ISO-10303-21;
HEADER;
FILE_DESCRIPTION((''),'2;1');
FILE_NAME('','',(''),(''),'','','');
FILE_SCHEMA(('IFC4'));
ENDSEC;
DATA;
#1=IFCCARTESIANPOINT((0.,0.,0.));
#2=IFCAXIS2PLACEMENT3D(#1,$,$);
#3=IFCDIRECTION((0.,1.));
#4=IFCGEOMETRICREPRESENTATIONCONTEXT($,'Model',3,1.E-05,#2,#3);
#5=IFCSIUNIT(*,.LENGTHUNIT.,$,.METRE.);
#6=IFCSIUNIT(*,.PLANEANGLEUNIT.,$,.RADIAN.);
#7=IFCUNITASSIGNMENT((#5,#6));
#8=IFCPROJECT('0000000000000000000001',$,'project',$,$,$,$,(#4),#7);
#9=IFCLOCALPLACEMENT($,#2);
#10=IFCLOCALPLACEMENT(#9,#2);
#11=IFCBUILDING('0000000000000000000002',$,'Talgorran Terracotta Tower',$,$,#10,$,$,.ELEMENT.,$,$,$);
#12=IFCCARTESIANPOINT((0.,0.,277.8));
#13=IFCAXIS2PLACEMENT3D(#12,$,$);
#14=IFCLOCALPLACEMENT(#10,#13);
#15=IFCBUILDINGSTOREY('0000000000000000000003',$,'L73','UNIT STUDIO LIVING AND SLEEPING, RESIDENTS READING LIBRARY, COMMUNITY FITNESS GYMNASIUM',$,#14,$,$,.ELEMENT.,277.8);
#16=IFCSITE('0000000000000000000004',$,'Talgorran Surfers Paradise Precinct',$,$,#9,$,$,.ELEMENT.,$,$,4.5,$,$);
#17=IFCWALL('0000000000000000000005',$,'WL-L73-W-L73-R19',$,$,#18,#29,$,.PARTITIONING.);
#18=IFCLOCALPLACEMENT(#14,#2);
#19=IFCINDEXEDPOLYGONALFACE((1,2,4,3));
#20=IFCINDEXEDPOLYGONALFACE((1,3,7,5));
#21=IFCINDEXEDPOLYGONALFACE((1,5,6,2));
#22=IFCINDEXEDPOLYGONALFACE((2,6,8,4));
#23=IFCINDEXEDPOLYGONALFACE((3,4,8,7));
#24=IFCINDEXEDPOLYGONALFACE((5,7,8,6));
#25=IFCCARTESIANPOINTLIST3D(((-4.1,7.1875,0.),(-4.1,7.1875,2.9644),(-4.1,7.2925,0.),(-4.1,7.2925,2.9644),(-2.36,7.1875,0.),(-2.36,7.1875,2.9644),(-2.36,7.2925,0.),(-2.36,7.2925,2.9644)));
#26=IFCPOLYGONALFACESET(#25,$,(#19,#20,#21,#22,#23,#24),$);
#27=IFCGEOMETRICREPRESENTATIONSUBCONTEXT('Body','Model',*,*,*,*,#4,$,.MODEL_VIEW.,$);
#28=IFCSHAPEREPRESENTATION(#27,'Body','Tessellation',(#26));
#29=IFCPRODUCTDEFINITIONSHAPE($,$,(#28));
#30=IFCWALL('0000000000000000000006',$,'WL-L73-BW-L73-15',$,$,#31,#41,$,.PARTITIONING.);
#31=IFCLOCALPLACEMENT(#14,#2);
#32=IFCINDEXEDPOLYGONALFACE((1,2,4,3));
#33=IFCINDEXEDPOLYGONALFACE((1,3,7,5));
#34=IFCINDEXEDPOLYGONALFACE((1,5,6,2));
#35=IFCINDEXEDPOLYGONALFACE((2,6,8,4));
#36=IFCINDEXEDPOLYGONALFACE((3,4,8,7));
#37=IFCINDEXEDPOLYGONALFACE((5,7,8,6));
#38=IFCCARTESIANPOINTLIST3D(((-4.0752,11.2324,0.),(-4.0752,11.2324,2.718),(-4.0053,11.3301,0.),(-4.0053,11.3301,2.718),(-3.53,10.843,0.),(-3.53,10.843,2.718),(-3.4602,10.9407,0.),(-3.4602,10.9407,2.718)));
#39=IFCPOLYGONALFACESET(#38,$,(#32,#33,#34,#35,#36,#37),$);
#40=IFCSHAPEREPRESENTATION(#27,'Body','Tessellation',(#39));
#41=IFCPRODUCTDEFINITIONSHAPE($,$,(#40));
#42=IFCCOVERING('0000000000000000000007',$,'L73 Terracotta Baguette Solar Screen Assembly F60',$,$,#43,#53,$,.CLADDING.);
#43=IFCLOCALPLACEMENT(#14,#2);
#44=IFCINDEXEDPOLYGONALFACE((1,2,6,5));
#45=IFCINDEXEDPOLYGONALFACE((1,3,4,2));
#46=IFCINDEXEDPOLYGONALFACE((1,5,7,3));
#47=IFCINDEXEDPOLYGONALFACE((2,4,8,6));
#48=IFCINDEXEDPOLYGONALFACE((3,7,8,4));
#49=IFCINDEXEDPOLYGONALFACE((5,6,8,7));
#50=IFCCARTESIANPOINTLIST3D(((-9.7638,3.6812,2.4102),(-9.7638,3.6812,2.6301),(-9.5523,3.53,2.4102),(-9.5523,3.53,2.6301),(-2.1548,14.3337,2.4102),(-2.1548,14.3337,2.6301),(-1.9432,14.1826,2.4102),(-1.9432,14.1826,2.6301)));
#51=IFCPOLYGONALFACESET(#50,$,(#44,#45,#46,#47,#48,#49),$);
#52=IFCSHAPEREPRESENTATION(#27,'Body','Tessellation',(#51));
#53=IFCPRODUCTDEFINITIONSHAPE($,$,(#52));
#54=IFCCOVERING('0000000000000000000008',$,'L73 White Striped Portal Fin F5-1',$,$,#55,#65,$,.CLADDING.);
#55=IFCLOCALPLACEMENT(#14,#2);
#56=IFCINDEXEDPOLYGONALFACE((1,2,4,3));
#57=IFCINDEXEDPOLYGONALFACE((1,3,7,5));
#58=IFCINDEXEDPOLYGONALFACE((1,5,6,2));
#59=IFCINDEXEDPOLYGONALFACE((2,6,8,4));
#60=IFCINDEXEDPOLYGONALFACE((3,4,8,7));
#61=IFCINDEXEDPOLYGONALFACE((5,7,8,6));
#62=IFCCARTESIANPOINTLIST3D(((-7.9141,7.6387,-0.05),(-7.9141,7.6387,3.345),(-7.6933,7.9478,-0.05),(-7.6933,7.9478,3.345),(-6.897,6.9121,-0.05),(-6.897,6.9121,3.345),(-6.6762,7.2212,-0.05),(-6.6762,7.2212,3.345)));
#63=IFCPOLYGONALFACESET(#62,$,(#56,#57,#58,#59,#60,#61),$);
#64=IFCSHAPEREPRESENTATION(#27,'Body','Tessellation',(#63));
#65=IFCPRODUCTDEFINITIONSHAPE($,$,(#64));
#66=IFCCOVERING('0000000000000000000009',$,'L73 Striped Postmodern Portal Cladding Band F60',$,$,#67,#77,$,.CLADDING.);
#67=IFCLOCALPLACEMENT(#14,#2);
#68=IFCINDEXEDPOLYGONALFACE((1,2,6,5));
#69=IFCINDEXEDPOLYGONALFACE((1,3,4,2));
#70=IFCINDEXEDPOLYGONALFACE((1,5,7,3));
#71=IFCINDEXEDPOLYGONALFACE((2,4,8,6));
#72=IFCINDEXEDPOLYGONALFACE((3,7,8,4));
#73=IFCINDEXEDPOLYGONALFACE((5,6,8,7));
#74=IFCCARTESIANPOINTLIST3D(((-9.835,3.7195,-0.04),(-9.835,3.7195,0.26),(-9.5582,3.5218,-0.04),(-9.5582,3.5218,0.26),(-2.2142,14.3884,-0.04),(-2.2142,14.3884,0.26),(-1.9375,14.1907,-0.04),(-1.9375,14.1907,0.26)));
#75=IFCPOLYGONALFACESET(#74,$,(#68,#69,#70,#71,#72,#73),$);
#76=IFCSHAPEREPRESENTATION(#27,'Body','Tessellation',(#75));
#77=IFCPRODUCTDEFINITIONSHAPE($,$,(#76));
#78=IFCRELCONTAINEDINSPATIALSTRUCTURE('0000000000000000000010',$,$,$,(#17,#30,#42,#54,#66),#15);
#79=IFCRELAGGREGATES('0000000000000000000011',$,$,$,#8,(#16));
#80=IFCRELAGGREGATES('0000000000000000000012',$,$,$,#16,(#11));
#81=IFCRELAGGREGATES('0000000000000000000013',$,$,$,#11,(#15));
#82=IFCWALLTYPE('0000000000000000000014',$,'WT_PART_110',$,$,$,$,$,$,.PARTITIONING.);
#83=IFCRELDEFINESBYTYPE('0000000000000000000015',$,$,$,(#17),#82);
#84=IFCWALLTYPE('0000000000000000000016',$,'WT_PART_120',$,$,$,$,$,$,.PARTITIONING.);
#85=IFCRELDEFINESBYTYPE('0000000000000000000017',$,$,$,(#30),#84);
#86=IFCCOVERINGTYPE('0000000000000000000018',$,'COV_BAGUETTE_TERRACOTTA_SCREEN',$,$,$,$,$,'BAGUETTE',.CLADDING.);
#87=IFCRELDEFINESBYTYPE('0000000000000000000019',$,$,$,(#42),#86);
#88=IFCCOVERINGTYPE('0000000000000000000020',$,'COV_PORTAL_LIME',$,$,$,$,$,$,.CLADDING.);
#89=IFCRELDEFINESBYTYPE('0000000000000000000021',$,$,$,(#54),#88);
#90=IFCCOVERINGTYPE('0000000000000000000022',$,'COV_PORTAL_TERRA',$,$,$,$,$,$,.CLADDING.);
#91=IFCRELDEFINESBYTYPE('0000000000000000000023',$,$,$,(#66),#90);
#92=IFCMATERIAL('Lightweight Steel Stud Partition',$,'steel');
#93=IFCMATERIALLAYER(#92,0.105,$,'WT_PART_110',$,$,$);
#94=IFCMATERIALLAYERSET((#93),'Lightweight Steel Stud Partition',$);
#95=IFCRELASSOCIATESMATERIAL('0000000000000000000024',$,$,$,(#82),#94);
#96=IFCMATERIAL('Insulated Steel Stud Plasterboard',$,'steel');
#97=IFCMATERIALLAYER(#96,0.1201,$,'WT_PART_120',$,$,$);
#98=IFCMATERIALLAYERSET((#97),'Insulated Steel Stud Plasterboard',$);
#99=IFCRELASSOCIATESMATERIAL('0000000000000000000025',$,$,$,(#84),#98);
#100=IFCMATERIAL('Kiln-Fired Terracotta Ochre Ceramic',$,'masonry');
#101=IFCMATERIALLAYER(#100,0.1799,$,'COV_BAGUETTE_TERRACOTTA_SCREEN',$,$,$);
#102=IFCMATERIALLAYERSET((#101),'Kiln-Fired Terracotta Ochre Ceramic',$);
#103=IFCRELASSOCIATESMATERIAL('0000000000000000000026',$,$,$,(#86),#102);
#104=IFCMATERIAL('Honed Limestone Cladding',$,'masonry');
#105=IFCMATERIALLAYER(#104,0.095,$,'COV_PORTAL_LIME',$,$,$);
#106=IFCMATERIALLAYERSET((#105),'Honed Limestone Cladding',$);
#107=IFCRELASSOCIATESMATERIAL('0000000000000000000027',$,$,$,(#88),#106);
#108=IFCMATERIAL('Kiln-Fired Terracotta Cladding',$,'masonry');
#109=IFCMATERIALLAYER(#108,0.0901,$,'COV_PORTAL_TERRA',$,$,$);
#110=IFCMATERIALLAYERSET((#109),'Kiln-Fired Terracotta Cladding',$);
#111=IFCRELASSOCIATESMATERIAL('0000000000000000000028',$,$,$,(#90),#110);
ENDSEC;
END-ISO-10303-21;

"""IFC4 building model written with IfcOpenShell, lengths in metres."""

from ifc_helpers import new_model, si_unit, direction, frame, frame_2d, origin, origin_2d, place, context, subcontext, project, spatial, rectangle, extrude, material, layer, layer_set, type_object, element, save


model = new_model("IFC4")

# Units and contexts
model_context = context("Model", 3, precision=1e-05, world=origin(), true_north=direction((0.0, 1.0)))
body_context = subcontext(model_context, "Body", "Model", "MODEL_VIEW")
ifc_project = project(units=[si_unit("LENGTHUNIT", "METRE"), si_unit("PLANEANGLEUNIT", "RADIAN")], contexts=[model_context])

# Site, building, storey
site_placement = place(None, origin())
site = spatial("IfcSite", under=ifc_project, at=site_placement, Name="Talgorran Surfers Paradise Precinct", CompositionType="ELEMENT", RefElevation=4.5)
building_placement = place(site_placement, origin())
building = spatial("IfcBuilding", under=site, at=building_placement, Name="Talgorran Terracotta Tower", CompositionType="ELEMENT")
storey_placement = place(building_placement, frame((0.0, 0.0, 277.8)))
storey = spatial("IfcBuildingStorey", under=building, at=storey_placement, Name="L73", Description="UNIT STUDIO LIVING AND SLEEPING, RESIDENTS READING LIBRARY, COMMUNITY FITNESS GYMNASIUM", CompositionType="ELEMENT", Elevation=277.8)

# Shared definitions
ifc_material_1 = material(Name="Lightweight Steel Stud Partition", Category="steel")
ifc_layer_1 = layer(ifc_material_1, 0.105, Name="WT_PART_110")
ifc_layer_set_1 = layer_set([ifc_layer_1], Name="Lightweight Steel Stud Partition")
wall_type_1 = type_object("IfcWallType", Name="WT_PART_110", PredefinedType="PARTITIONING", material=ifc_layer_set_1)

# Walls
wall_1_placement = place(storey_placement, frame((-4.1001, 7.24, 0.0), z_axis=(0.0, 0.0, 1.0), x_axis=(1.0, 0.0, 0.0)))
element("IfcWall", 1, at=wall_1_placement, inside=storey, type_object=wall_type_1, Name="WL-L73-W-L73-R19", PredefinedType="PARTITIONING", context=body_context, shape_type="SweptSolid", body=[
    extrude(rectangle(XDim=1.74, YDim=0.105, at=frame_2d((0.8701, 0.0))), origin(), (0.0, 0.0, 1.0), 2.9644),
])
ifc_material_2 = material(Name="Insulated Steel Stud Plasterboard", Category="steel")
ifc_layer_2 = layer(ifc_material_2, 0.1201, Name="WT_PART_120")
ifc_layer_set_2 = layer_set([ifc_layer_2], Name="Insulated Steel Stud Plasterboard")
wall_type_2 = type_object("IfcWallType", Name="WT_PART_120", PredefinedType="PARTITIONING", material=ifc_layer_set_2)
wall_2_placement = place(storey_placement, frame((-3.4951, 10.8918, 0.0), z_axis=(0.0, 0.0, 1.0), x_axis=(-0.813733, 0.581238, 0.0)))
element("IfcWall", 2, at=wall_2_placement, inside=storey, type_object=wall_type_2, Name="WL-L73-BW-L73-15", PredefinedType="PARTITIONING", context=body_context, shape_type="SweptSolid", body=[
    extrude(rectangle(XDim=0.6699, YDim=0.1201, at=frame_2d((0.335, 0.0))), origin(), (0.0, 0.0, 1.0), 2.718),
])

# Coverings
ifc_material_3 = material(Name="Kiln-Fired Terracotta Ochre Ceramic", Category="masonry")
ifc_layer_3 = layer(ifc_material_3, 0.1799, Name="COV_BAGUETTE_TERRACOTTA_SCREEN")
ifc_layer_set_3 = layer_set([ifc_layer_3], Name="Kiln-Fired Terracotta Ochre Ceramic")
covering_type_1 = type_object("IfcCoveringType", Name="COV_BAGUETTE_TERRACOTTA_SCREEN", ElementType="BAGUETTE", PredefinedType="CLADDING", material=ifc_layer_set_3)
covering_1_placement = place(storey_placement, frame((-5.8535, 8.9319, 2.4102), z_axis=(0.0, 0.0, 1.0), x_axis=(-0.581243, -0.81373, 0.0)))
element("IfcCovering", 3, at=covering_1_placement, inside=storey, type_object=covering_type_1, Name="L73 Terracotta Baguette Solar Screen Assembly F60", PredefinedType="CLADDING", context=body_context, shape_type="SweptSolid", body=[
    extrude(rectangle(XDim=13.0911, YDim=0.26, at=origin_2d()), origin(), (0.0, 0.0, 1.0), 0.22),
])
ifc_material_4 = material(Name="Honed Limestone Cladding", Category="masonry")
ifc_layer_4 = layer(ifc_material_4, 0.095, Name="COV_PORTAL_LIME")
ifc_layer_set_4 = layer_set([ifc_layer_4], Name="Honed Limestone Cladding")
covering_type_2 = type_object("IfcCoveringType", Name="COV_PORTAL_LIME", PredefinedType="CLADDING", material=ifc_layer_set_4)
covering_2_placement = place(storey_placement, frame((-7.2952, 7.4299, -0.05), z_axis=(0.0, 0.0, 1.0), x_axis=(-0.581257, -0.81372, 0.0)))
element("IfcCovering", 4, at=covering_2_placement, inside=storey, type_object=covering_type_2, Name="L73 White Striped Portal Fin F5-1", PredefinedType="CLADDING", context=body_context, shape_type="SweptSolid", body=[
    extrude(rectangle(XDim=0.3799, YDim=1.25, at=origin_2d()), origin(), (0.0, 0.0, 1.0), 3.395),
])
ifc_material_5 = material(Name="Kiln-Fired Terracotta Cladding", Category="masonry")
ifc_layer_5 = layer(ifc_material_5, 0.0901, Name="COV_PORTAL_TERRA")
ifc_layer_set_5 = layer_set([ifc_layer_5], Name="Kiln-Fired Terracotta Cladding")
covering_type_3 = type_object("IfcCoveringType", Name="COV_PORTAL_TERRA", PredefinedType="CLADDING", material=ifc_layer_set_5)
covering_3_placement = place(storey_placement, frame((-5.8862, 8.9551, -0.04), z_axis=(0.0, 0.0, 1.0), x_axis=(-0.581243, -0.81373, 0.0)))
element("IfcCovering", 5, at=covering_3_placement, inside=storey, type_object=covering_type_3, Name="L73 Striped Postmodern Portal Cladding Band F60", PredefinedType="CLADDING", context=body_context, shape_type="SweptSolid", body=[
    extrude(rectangle(XDim=13.1111, YDim=0.3401, at=origin_2d()), origin(), (0.0, 0.0, 1.0), 0.3),
])

save(model, "model.ifc")
